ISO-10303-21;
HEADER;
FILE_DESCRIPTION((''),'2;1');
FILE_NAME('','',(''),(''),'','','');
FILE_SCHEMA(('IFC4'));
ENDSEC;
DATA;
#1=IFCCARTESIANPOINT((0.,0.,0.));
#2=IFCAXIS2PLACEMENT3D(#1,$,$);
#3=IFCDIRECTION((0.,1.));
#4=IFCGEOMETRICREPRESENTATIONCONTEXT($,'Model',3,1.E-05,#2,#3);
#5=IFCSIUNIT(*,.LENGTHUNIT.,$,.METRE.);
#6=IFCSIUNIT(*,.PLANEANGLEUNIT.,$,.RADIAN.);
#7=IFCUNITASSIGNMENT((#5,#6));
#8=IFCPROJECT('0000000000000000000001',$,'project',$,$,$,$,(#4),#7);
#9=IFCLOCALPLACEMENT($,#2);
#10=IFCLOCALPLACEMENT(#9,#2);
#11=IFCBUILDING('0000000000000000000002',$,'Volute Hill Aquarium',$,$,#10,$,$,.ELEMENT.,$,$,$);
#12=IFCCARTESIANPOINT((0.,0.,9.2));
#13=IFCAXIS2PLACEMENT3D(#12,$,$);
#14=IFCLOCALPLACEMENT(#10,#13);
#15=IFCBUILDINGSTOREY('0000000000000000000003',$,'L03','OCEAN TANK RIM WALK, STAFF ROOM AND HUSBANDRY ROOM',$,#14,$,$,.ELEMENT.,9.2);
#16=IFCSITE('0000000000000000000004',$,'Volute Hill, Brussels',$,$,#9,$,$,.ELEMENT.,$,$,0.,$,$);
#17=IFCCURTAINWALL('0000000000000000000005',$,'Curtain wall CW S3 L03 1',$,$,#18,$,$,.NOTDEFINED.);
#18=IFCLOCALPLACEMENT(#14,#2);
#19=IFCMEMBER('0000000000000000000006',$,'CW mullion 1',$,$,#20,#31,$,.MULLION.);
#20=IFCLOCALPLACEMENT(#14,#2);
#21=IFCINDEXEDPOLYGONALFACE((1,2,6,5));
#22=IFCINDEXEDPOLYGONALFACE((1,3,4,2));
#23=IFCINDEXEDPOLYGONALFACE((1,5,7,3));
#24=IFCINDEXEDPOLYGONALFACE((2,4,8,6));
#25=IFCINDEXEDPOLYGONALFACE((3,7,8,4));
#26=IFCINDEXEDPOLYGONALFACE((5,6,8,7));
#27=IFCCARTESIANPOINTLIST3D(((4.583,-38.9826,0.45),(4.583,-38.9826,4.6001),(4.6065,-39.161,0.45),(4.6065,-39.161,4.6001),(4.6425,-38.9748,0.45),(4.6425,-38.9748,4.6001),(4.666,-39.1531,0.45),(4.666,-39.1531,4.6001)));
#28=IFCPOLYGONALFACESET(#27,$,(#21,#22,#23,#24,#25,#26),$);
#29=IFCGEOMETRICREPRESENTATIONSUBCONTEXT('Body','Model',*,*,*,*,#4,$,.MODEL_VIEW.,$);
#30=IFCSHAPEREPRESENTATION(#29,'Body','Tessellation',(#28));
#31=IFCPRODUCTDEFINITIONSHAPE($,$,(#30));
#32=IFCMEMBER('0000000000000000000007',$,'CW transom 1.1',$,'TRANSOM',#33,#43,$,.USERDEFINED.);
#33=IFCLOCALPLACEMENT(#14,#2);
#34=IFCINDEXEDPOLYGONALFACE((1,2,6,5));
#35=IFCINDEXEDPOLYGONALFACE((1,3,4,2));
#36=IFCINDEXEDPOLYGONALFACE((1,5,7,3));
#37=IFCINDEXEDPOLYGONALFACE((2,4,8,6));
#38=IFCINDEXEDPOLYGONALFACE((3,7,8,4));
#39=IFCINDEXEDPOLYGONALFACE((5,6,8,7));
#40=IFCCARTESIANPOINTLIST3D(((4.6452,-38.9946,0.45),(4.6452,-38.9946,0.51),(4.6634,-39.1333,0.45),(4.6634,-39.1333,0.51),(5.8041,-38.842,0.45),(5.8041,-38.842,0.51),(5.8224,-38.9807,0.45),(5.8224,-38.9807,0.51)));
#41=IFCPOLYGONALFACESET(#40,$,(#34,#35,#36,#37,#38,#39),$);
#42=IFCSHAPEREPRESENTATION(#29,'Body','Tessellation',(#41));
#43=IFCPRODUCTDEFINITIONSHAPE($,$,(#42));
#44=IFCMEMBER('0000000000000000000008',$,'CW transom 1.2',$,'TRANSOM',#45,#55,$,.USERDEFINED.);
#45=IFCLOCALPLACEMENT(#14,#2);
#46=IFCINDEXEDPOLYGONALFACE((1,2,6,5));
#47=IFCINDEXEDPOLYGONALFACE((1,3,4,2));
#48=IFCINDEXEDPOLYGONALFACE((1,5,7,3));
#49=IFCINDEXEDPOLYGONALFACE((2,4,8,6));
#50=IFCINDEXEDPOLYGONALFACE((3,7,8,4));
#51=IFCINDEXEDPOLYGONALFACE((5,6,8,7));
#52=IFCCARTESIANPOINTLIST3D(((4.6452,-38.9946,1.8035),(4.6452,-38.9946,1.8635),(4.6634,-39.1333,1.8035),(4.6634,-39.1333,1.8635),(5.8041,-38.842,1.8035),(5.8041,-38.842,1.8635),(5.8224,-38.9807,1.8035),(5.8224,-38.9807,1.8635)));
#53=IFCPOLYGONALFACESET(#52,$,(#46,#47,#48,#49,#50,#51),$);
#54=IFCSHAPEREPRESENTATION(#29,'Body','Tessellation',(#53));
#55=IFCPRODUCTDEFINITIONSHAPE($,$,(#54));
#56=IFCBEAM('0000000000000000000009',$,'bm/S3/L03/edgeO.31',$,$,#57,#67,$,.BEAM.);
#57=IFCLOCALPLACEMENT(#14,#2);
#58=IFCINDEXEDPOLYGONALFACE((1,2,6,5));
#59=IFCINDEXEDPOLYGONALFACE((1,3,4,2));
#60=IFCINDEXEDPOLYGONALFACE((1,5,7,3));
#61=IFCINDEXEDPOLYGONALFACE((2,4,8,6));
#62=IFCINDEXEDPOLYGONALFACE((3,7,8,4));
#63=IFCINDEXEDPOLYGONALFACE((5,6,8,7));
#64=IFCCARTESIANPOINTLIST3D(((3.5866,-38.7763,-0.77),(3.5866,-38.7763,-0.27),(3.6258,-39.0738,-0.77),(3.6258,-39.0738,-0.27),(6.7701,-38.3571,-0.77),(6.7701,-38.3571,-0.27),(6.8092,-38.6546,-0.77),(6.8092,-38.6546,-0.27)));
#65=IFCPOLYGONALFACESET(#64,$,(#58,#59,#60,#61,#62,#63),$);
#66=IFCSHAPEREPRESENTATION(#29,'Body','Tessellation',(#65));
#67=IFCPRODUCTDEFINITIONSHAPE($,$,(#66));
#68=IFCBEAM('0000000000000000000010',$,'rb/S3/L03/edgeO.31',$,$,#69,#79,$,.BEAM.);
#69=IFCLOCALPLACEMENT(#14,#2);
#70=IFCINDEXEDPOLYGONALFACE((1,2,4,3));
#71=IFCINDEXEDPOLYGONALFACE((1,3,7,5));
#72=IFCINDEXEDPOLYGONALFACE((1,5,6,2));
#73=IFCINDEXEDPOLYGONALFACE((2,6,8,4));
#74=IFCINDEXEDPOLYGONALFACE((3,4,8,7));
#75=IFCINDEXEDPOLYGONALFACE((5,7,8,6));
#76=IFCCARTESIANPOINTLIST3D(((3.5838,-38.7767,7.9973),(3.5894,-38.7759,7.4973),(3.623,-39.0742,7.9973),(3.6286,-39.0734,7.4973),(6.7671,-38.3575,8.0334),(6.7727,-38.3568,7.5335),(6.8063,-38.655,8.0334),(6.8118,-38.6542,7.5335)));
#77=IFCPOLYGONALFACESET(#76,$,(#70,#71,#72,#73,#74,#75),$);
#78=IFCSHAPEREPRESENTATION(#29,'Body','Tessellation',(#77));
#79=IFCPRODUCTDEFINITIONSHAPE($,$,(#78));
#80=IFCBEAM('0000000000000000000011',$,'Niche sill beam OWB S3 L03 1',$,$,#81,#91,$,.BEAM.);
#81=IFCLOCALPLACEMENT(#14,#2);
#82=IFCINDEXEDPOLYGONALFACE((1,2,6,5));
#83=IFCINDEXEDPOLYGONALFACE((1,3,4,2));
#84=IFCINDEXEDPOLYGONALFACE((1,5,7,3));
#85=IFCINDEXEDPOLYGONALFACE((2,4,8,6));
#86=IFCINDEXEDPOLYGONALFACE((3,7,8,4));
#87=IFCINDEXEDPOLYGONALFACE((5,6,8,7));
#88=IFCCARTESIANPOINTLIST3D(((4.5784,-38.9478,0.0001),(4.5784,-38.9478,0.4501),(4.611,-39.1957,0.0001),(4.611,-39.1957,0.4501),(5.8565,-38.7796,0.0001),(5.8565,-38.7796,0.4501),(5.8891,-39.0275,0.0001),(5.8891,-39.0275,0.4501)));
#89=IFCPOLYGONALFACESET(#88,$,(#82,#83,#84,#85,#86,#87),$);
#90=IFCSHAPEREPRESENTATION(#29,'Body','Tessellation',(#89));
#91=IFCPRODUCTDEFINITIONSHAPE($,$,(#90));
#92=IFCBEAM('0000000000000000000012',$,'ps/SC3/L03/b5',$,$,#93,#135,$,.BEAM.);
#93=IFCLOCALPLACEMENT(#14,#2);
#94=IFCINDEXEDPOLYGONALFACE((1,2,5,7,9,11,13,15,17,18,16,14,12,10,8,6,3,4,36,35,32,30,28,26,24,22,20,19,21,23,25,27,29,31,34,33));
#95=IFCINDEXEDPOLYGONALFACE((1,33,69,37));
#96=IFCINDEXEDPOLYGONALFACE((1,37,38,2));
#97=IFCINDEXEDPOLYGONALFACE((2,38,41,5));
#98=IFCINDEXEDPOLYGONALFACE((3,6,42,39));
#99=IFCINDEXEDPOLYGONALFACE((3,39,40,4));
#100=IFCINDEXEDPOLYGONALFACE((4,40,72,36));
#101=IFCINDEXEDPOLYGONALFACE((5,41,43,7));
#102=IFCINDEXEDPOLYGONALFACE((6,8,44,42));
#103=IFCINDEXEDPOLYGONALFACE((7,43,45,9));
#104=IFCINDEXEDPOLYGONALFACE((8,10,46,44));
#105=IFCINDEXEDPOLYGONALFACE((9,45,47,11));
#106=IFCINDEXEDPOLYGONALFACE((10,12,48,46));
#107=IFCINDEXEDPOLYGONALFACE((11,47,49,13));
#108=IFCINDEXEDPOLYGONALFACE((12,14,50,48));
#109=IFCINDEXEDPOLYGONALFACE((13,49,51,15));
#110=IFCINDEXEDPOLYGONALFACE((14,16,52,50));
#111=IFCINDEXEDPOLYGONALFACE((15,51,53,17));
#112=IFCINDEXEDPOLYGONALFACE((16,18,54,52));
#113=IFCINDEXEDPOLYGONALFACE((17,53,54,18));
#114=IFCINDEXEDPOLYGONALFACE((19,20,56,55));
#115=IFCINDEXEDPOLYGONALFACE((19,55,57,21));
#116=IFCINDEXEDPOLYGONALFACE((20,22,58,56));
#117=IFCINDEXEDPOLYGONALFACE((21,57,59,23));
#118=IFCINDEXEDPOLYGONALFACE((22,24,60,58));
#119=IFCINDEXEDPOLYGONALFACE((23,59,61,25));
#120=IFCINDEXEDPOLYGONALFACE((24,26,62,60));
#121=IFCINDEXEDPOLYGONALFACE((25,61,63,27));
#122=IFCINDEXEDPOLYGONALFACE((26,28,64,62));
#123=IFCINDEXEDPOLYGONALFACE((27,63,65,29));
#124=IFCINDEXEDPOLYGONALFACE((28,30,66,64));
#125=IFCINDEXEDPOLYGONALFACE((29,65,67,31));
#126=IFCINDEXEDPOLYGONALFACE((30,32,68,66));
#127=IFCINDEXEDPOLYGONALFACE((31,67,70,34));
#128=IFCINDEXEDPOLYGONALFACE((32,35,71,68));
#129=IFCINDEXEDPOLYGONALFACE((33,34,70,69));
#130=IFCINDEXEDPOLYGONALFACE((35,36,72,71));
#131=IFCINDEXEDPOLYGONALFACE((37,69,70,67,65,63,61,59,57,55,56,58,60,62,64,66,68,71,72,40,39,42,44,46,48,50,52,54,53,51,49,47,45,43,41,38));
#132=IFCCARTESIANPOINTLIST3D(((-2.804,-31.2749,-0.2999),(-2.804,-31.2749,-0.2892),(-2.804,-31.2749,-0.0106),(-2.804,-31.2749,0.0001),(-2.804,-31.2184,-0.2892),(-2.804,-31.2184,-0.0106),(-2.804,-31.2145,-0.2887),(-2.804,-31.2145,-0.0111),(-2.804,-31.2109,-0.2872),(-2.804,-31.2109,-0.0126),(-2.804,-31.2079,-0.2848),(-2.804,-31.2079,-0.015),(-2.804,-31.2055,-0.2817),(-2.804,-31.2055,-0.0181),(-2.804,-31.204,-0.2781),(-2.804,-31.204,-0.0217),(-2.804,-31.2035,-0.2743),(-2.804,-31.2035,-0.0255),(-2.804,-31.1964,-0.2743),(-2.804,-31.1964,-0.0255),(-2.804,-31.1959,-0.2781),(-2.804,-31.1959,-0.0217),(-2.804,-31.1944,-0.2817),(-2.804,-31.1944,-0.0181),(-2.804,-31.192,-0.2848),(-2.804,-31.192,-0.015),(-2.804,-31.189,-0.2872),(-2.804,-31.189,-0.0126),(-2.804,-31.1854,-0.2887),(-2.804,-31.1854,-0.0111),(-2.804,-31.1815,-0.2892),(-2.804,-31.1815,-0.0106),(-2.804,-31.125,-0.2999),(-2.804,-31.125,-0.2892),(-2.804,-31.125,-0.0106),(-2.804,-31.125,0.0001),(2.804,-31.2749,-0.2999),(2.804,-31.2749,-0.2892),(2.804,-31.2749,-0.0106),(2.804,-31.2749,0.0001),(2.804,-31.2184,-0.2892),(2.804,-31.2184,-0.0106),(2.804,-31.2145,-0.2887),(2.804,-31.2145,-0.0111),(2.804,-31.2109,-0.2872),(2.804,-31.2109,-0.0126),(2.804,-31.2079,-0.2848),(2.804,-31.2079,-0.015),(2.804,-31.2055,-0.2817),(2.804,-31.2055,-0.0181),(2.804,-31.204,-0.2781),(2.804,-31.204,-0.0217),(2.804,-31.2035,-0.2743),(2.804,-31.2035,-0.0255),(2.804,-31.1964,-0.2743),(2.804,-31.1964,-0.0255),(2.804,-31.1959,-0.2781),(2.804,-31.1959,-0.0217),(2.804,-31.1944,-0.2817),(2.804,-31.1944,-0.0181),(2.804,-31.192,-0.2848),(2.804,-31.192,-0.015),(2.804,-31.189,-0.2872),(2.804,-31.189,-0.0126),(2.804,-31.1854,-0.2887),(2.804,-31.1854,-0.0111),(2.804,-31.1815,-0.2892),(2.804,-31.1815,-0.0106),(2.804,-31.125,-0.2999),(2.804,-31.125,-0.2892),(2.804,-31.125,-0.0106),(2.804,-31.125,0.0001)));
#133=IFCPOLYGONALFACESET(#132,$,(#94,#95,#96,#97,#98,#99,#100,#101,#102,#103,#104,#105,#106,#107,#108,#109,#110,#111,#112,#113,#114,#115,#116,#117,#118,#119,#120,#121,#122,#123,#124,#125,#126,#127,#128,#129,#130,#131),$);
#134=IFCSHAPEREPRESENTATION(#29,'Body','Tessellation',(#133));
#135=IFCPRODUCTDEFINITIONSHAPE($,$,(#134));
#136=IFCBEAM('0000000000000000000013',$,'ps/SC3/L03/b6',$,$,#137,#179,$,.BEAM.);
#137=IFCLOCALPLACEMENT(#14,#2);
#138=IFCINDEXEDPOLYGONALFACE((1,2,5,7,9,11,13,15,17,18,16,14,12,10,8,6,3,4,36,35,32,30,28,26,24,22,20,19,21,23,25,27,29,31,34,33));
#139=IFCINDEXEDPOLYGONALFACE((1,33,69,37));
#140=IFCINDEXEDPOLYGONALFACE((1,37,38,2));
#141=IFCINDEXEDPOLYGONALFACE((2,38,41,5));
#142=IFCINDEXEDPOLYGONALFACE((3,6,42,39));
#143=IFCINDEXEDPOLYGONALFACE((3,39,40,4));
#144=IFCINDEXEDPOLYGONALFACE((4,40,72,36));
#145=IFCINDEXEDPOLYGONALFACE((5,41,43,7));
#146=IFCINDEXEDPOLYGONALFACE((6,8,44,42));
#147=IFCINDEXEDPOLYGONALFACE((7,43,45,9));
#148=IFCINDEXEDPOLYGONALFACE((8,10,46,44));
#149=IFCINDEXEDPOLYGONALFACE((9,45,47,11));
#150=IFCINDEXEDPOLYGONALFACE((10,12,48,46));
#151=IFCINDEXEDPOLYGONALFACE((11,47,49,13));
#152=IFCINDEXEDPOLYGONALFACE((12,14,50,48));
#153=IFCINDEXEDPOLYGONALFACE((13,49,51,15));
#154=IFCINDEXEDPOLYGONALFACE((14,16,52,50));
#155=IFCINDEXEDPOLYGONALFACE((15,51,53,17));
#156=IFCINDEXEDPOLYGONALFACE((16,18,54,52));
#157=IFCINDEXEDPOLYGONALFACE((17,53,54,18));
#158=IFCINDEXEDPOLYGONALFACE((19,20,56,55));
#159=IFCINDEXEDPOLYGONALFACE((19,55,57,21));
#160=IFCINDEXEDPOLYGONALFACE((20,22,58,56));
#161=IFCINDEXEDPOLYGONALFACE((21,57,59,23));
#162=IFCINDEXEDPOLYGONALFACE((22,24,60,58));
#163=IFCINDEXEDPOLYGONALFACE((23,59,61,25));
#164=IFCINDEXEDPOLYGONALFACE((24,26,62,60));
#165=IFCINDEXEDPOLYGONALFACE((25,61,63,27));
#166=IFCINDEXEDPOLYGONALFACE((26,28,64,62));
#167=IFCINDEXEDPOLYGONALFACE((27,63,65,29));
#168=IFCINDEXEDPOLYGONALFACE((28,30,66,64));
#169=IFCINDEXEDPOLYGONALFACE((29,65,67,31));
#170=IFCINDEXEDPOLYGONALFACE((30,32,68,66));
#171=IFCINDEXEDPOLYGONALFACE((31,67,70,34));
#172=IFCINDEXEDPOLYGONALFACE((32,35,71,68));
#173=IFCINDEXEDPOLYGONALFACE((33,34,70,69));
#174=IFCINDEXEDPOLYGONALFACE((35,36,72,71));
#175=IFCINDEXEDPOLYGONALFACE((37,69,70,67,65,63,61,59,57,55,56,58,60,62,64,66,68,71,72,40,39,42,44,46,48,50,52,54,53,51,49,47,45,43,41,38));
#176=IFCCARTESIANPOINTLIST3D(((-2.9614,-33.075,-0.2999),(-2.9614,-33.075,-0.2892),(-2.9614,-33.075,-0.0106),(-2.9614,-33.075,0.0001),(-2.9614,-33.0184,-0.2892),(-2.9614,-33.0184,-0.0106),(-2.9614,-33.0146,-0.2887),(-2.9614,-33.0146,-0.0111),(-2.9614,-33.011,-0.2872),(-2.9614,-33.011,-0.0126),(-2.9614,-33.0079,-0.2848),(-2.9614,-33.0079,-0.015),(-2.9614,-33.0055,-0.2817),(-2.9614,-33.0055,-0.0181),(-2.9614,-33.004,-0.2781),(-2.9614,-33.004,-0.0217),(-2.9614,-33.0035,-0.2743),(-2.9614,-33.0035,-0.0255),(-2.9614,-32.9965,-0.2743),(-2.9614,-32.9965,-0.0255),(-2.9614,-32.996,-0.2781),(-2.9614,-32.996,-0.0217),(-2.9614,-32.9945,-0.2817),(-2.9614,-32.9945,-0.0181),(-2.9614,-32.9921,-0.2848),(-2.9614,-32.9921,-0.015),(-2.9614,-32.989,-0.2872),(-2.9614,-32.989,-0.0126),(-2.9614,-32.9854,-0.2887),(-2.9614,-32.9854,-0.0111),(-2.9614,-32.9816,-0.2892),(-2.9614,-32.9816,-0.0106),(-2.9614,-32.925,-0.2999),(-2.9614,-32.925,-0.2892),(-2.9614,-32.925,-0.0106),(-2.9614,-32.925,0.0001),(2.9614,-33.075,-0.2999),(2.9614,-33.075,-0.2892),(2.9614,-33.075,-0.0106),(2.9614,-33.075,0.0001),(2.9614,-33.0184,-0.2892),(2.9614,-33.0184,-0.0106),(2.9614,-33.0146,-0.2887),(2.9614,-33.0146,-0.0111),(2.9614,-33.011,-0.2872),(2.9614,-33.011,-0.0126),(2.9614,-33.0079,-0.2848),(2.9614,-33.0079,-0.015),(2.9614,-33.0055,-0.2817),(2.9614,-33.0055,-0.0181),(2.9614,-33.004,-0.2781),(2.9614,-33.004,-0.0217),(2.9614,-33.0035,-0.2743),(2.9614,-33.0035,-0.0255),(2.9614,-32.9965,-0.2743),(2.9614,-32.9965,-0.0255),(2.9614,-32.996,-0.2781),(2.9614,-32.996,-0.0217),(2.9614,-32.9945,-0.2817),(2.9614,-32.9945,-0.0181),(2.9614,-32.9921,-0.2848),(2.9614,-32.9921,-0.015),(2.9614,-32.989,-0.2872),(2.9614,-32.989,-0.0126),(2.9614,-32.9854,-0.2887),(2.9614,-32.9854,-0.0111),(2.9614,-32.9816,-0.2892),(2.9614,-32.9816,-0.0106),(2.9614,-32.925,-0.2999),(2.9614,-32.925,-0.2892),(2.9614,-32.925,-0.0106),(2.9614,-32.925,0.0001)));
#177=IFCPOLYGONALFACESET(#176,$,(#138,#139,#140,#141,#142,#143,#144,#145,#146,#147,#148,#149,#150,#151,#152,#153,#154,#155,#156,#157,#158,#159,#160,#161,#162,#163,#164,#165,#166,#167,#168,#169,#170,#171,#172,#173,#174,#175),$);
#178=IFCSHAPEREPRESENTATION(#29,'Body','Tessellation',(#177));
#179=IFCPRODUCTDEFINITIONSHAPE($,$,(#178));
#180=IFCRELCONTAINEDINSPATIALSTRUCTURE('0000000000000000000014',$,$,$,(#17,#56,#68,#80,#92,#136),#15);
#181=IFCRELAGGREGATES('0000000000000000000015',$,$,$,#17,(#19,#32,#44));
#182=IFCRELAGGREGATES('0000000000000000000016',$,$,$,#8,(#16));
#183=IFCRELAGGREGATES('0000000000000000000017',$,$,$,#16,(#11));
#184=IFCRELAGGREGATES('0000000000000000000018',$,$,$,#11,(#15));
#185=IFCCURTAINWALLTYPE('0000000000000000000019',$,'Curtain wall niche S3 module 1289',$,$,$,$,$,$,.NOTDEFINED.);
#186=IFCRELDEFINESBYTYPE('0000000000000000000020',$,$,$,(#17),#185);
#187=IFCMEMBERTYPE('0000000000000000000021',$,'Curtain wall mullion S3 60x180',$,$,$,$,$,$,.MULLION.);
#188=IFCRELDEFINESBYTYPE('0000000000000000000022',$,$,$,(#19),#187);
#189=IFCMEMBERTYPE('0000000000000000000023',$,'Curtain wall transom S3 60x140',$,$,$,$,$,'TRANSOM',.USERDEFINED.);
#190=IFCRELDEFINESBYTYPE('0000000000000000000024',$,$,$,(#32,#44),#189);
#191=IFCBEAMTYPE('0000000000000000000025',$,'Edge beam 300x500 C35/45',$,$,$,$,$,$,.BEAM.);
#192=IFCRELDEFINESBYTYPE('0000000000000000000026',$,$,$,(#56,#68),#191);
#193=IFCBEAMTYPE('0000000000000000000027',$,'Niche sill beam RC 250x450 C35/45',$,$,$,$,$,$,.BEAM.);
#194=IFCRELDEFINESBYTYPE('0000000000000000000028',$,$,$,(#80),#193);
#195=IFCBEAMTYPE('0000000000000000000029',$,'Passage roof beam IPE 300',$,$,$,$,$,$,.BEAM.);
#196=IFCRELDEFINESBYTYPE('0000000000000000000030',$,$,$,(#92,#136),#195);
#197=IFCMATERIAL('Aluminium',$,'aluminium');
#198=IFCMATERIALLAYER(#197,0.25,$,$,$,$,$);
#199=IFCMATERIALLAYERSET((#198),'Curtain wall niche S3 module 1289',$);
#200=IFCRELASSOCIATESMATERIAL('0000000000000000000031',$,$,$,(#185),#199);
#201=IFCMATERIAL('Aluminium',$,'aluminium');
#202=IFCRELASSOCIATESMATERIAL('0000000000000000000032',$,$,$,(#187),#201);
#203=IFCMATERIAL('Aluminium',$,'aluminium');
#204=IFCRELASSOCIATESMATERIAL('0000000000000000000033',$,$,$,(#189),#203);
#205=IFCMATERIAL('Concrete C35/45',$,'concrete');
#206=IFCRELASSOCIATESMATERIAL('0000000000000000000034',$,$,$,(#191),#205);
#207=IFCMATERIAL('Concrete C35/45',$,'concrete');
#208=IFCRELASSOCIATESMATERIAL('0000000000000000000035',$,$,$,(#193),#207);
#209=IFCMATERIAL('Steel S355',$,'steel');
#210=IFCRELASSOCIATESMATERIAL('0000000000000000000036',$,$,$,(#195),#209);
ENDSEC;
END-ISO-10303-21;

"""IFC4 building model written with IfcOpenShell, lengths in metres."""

from ifc_helpers import new_model, si_unit, direction, frame, origin, origin_2d, place, context, subcontext, project, spatial, rectangle, i_section, extrude, material, layer, layer_set, material_profile, profile_set, type_object, element, aggregate, save


model = new_model("IFC4")

# Units and contexts
model_context = context("Model", 3, precision=1e-05, world=origin(), true_north=direction((0.0, 1.0)))
body_context = subcontext(model_context, "Body", "Model", "MODEL_VIEW")
ifc_project = project(units=[si_unit("LENGTHUNIT", "METRE"), si_unit("PLANEANGLEUNIT", "RADIAN")], contexts=[model_context])

# Site, building, storey
site_placement = place(None, origin())
site = spatial("IfcSite", under=ifc_project, at=site_placement, Name="Volute Hill, Brussels", CompositionType="ELEMENT", RefElevation=0.0)
building_placement = place(site_placement, origin())
building = spatial("IfcBuilding", under=site, at=building_placement, Name="Volute Hill Aquarium", CompositionType="ELEMENT")
storey_placement = place(building_placement, frame((0.0, 0.0, 9.2)))
storey = spatial("IfcBuildingStorey", under=building, at=storey_placement, Name="L03", Description="OCEAN TANK RIM WALK, STAFF ROOM AND HUSBANDRY ROOM", CompositionType="ELEMENT", Elevation=9.2)

# Curtain wall, members
ifc_material_1 = material(Name="Aluminium", Category="aluminium")
ifc_layer_1 = layer(ifc_material_1, 0.25)
ifc_layer_set_1 = layer_set([ifc_layer_1], Name="Curtain wall niche S3 module 1289")
curtain_wall_type = type_object("IfcCurtainWallType", Name="Curtain wall niche S3 module 1289", PredefinedType="NOTDEFINED", material=ifc_layer_set_1)
curtain_wall_placement = place(storey_placement, origin())
curtain_wall = element("IfcCurtainWall", 1, at=curtain_wall_placement, inside=storey, type_object=curtain_wall_type, Name="Curtain wall CW S3 L03 1", PredefinedType="NOTDEFINED")
ifc_material_2 = material(Name="Aluminium", Category="aluminium")
ifc_material_profile_1 = material_profile(ifc_material_2, rectangle(XDim=0.1799, YDim=0.0601, at=origin_2d()), Name="Curtain wall mullion S3 60x180")
ifc_profile_set_1 = profile_set([ifc_material_profile_1], Name="Aluminium")
member_type_1 = type_object("IfcMemberType", Name="Curtain wall mullion S3 60x180", PredefinedType="MULLION", material=ifc_profile_set_1)
member_1_placement = place(storey_placement, frame((4.6245, -39.0679, 0.45), z_axis=(0.0, 0.0, 1.0), x_axis=(-0.130506, 0.991447, 0.0)))
member_1 = element("IfcMember", 2, at=member_1_placement, type_object=member_type_1, Name="CW mullion 1", PredefinedType="MULLION", context=body_context, shape_type="SweptSolid", body=[
    extrude(rectangle(XDim=0.1799, YDim=0.0601, at=origin_2d()), origin(), (0.0, 0.0, 1.0), 4.1501),
])
ifc_material_3 = material(Name="Aluminium", Category="aluminium")
ifc_material_profile_2 = material_profile(ifc_material_3, rectangle(XDim=0.1399, YDim=0.0601, at=origin_2d()), Name="Curtain wall transom S3 60x140")
ifc_profile_set_2 = profile_set([ifc_material_profile_2], Name="Aluminium")
member_type_2 = type_object("IfcMemberType", Name="Curtain wall transom S3 60x140", ElementType="TRANSOM", PredefinedType="USERDEFINED", material=ifc_profile_set_2)
member_2_placement = place(storey_placement, frame((4.6543, -39.064, 0.48), z_axis=(0.991444, 0.130536, 0.0), x_axis=(-0.130536, 0.991444, 0.0)))
member_2 = element("IfcMember", 3, at=member_2_placement, type_object=member_type_2, Name="CW transom 1.1", ObjectType="TRANSOM", PredefinedType="USERDEFINED", context=body_context, shape_type="SweptSolid", body=[
    extrude(rectangle(XDim=0.1399, YDim=0.0601, at=origin_2d()), origin(), (0.0, 0.0, 1.0), 1.1689),
])
member_3_placement = place(storey_placement, frame((4.6543, -39.064, 1.8335), z_axis=(0.991444, 0.130536, 0.0), x_axis=(-0.130536, 0.991444, 0.0)))
member_3 = element("IfcMember", 4, at=member_3_placement, type_object=member_type_2, Name="CW transom 1.2", ObjectType="TRANSOM", PredefinedType="USERDEFINED", context=body_context, shape_type="SweptSolid", body=[
    extrude(rectangle(XDim=0.1399, YDim=0.0601, at=origin_2d()), origin(), (0.0, 0.0, 1.0), 1.1689),
])
aggregate(curtain_wall, [member_1, member_2, member_3])

# Beams
ifc_material_4 = material(Name="Concrete C35/45", Category="concrete")
ifc_material_profile_3 = material_profile(ifc_material_4, rectangle(XDim=0.3, YDim=0.5, at=origin_2d()), Name="RC edge beam 300x500")
ifc_profile_set_3 = profile_set([ifc_material_profile_3], Name="Concrete C35/45")
beam_type_1 = type_object("IfcBeamType", Name="Edge beam 300x500 C35/45", PredefinedType="BEAM", material=ifc_profile_set_3)
for number, where, z_axis, x_axis, name in (
    (5, (3.6062, -38.925, -0.52), (0.991441, 0.130555, 0.0), (-0.130555, 0.991441, 0.0), "bm/S3/L03/edgeO.31"),
    (6, (3.6062, -38.925, 7.7473), (0.991378, 0.130547, 0.011253), (-0.130555, 0.991441, 0.0), "rb/S3/L03/edgeO.31"),
):
    element("IfcBeam", number, at=place(storey_placement, frame(where, z_axis=z_axis, x_axis=x_axis)), inside=storey, type_object=beam_type_1, Name=name, PredefinedType="BEAM", context=body_context, shape_type="SweptSolid", body=[
        extrude(rectangle(XDim=0.3, YDim=0.5, at=origin_2d()), origin(), (0.0, 0.0, 1.0), 3.2109),
    ])
ifc_material_5 = material(Name="Concrete C35/45", Category="concrete")
ifc_material_profile_4 = material_profile(ifc_material_5, rectangle(XDim=0.25, YDim=0.45, at=origin_2d()), Name="RC beam 250x450")
ifc_profile_set_4 = profile_set([ifc_material_profile_4], Name="Concrete C35/45")
beam_type_2 = type_object("IfcBeamType", Name="Niche sill beam RC 250x450 C35/45", PredefinedType="BEAM", material=ifc_profile_set_4)
beam_1_placement = place(storey_placement, frame((4.5947, -39.0718, 0.2251), z_axis=(0.99145, 0.130489, 0.0), x_axis=(-0.130489, 0.99145, 0.0)))
element("IfcBeam", 7, at=beam_1_placement, inside=storey, type_object=beam_type_2, Name="Niche sill beam OWB S3 L03 1", PredefinedType="BEAM", context=body_context, shape_type="SweptSolid", body=[
    extrude(rectangle(XDim=0.25, YDim=0.45, at=origin_2d()), origin(), (0.0, 0.0, 1.0), 1.2891),
])
ifc_material_6 = material(Name="Steel S355", Category="steel")
ifc_material_profile_5 = material_profile(ifc_material_6, i_section(OverallWidth=0.1499, OverallDepth=0.3, WebThickness=0.0071, FlangeThickness=0.0107, FilletRadius=0.0149, at=origin_2d()), Name="IPE 300")
ifc_profile_set_5 = profile_set([ifc_material_profile_5], Name="Steel S355")
beam_type_3 = type_object("IfcBeamType", Name="Passage roof beam IPE 300", PredefinedType="BEAM", material=ifc_profile_set_5)
beam_2_placement = place(storey_placement, frame((-2.804, -31.2, -0.1499), z_axis=(1.0, 0.0, 0.0), x_axis=(0.0, 1.0, 0.0)))
element("IfcBeam", 8, at=beam_2_placement, inside=storey, type_object=beam_type_3, Name="ps/SC3/L03/b5", PredefinedType="BEAM", context=body_context, shape_type="SweptSolid", body=[
    extrude(i_section(OverallWidth=0.1499, OverallDepth=0.3, WebThickness=0.0071, FlangeThickness=0.0107, FilletRadius=0.0149, at=origin_2d()), origin(), (0.0, 0.0, 1.0), 5.6079),
])
beam_3_placement = place(storey_placement, frame((-2.9614, -33.0, -0.1499), z_axis=(1.0, 0.0, 0.0), x_axis=(0.0, 1.0, 0.0)))
element("IfcBeam", 9, at=beam_3_placement, inside=storey, type_object=beam_type_3, Name="ps/SC3/L03/b6", PredefinedType="BEAM", context=body_context, shape_type="SweptSolid", body=[
    extrude(i_section(OverallWidth=0.1499, OverallDepth=0.3, WebThickness=0.0071, FlangeThickness=0.0107, FilletRadius=0.0149, at=origin_2d()), origin(), (0.0, 0.0, 1.0), 5.9229),
])

save(model, "model.ifc")
